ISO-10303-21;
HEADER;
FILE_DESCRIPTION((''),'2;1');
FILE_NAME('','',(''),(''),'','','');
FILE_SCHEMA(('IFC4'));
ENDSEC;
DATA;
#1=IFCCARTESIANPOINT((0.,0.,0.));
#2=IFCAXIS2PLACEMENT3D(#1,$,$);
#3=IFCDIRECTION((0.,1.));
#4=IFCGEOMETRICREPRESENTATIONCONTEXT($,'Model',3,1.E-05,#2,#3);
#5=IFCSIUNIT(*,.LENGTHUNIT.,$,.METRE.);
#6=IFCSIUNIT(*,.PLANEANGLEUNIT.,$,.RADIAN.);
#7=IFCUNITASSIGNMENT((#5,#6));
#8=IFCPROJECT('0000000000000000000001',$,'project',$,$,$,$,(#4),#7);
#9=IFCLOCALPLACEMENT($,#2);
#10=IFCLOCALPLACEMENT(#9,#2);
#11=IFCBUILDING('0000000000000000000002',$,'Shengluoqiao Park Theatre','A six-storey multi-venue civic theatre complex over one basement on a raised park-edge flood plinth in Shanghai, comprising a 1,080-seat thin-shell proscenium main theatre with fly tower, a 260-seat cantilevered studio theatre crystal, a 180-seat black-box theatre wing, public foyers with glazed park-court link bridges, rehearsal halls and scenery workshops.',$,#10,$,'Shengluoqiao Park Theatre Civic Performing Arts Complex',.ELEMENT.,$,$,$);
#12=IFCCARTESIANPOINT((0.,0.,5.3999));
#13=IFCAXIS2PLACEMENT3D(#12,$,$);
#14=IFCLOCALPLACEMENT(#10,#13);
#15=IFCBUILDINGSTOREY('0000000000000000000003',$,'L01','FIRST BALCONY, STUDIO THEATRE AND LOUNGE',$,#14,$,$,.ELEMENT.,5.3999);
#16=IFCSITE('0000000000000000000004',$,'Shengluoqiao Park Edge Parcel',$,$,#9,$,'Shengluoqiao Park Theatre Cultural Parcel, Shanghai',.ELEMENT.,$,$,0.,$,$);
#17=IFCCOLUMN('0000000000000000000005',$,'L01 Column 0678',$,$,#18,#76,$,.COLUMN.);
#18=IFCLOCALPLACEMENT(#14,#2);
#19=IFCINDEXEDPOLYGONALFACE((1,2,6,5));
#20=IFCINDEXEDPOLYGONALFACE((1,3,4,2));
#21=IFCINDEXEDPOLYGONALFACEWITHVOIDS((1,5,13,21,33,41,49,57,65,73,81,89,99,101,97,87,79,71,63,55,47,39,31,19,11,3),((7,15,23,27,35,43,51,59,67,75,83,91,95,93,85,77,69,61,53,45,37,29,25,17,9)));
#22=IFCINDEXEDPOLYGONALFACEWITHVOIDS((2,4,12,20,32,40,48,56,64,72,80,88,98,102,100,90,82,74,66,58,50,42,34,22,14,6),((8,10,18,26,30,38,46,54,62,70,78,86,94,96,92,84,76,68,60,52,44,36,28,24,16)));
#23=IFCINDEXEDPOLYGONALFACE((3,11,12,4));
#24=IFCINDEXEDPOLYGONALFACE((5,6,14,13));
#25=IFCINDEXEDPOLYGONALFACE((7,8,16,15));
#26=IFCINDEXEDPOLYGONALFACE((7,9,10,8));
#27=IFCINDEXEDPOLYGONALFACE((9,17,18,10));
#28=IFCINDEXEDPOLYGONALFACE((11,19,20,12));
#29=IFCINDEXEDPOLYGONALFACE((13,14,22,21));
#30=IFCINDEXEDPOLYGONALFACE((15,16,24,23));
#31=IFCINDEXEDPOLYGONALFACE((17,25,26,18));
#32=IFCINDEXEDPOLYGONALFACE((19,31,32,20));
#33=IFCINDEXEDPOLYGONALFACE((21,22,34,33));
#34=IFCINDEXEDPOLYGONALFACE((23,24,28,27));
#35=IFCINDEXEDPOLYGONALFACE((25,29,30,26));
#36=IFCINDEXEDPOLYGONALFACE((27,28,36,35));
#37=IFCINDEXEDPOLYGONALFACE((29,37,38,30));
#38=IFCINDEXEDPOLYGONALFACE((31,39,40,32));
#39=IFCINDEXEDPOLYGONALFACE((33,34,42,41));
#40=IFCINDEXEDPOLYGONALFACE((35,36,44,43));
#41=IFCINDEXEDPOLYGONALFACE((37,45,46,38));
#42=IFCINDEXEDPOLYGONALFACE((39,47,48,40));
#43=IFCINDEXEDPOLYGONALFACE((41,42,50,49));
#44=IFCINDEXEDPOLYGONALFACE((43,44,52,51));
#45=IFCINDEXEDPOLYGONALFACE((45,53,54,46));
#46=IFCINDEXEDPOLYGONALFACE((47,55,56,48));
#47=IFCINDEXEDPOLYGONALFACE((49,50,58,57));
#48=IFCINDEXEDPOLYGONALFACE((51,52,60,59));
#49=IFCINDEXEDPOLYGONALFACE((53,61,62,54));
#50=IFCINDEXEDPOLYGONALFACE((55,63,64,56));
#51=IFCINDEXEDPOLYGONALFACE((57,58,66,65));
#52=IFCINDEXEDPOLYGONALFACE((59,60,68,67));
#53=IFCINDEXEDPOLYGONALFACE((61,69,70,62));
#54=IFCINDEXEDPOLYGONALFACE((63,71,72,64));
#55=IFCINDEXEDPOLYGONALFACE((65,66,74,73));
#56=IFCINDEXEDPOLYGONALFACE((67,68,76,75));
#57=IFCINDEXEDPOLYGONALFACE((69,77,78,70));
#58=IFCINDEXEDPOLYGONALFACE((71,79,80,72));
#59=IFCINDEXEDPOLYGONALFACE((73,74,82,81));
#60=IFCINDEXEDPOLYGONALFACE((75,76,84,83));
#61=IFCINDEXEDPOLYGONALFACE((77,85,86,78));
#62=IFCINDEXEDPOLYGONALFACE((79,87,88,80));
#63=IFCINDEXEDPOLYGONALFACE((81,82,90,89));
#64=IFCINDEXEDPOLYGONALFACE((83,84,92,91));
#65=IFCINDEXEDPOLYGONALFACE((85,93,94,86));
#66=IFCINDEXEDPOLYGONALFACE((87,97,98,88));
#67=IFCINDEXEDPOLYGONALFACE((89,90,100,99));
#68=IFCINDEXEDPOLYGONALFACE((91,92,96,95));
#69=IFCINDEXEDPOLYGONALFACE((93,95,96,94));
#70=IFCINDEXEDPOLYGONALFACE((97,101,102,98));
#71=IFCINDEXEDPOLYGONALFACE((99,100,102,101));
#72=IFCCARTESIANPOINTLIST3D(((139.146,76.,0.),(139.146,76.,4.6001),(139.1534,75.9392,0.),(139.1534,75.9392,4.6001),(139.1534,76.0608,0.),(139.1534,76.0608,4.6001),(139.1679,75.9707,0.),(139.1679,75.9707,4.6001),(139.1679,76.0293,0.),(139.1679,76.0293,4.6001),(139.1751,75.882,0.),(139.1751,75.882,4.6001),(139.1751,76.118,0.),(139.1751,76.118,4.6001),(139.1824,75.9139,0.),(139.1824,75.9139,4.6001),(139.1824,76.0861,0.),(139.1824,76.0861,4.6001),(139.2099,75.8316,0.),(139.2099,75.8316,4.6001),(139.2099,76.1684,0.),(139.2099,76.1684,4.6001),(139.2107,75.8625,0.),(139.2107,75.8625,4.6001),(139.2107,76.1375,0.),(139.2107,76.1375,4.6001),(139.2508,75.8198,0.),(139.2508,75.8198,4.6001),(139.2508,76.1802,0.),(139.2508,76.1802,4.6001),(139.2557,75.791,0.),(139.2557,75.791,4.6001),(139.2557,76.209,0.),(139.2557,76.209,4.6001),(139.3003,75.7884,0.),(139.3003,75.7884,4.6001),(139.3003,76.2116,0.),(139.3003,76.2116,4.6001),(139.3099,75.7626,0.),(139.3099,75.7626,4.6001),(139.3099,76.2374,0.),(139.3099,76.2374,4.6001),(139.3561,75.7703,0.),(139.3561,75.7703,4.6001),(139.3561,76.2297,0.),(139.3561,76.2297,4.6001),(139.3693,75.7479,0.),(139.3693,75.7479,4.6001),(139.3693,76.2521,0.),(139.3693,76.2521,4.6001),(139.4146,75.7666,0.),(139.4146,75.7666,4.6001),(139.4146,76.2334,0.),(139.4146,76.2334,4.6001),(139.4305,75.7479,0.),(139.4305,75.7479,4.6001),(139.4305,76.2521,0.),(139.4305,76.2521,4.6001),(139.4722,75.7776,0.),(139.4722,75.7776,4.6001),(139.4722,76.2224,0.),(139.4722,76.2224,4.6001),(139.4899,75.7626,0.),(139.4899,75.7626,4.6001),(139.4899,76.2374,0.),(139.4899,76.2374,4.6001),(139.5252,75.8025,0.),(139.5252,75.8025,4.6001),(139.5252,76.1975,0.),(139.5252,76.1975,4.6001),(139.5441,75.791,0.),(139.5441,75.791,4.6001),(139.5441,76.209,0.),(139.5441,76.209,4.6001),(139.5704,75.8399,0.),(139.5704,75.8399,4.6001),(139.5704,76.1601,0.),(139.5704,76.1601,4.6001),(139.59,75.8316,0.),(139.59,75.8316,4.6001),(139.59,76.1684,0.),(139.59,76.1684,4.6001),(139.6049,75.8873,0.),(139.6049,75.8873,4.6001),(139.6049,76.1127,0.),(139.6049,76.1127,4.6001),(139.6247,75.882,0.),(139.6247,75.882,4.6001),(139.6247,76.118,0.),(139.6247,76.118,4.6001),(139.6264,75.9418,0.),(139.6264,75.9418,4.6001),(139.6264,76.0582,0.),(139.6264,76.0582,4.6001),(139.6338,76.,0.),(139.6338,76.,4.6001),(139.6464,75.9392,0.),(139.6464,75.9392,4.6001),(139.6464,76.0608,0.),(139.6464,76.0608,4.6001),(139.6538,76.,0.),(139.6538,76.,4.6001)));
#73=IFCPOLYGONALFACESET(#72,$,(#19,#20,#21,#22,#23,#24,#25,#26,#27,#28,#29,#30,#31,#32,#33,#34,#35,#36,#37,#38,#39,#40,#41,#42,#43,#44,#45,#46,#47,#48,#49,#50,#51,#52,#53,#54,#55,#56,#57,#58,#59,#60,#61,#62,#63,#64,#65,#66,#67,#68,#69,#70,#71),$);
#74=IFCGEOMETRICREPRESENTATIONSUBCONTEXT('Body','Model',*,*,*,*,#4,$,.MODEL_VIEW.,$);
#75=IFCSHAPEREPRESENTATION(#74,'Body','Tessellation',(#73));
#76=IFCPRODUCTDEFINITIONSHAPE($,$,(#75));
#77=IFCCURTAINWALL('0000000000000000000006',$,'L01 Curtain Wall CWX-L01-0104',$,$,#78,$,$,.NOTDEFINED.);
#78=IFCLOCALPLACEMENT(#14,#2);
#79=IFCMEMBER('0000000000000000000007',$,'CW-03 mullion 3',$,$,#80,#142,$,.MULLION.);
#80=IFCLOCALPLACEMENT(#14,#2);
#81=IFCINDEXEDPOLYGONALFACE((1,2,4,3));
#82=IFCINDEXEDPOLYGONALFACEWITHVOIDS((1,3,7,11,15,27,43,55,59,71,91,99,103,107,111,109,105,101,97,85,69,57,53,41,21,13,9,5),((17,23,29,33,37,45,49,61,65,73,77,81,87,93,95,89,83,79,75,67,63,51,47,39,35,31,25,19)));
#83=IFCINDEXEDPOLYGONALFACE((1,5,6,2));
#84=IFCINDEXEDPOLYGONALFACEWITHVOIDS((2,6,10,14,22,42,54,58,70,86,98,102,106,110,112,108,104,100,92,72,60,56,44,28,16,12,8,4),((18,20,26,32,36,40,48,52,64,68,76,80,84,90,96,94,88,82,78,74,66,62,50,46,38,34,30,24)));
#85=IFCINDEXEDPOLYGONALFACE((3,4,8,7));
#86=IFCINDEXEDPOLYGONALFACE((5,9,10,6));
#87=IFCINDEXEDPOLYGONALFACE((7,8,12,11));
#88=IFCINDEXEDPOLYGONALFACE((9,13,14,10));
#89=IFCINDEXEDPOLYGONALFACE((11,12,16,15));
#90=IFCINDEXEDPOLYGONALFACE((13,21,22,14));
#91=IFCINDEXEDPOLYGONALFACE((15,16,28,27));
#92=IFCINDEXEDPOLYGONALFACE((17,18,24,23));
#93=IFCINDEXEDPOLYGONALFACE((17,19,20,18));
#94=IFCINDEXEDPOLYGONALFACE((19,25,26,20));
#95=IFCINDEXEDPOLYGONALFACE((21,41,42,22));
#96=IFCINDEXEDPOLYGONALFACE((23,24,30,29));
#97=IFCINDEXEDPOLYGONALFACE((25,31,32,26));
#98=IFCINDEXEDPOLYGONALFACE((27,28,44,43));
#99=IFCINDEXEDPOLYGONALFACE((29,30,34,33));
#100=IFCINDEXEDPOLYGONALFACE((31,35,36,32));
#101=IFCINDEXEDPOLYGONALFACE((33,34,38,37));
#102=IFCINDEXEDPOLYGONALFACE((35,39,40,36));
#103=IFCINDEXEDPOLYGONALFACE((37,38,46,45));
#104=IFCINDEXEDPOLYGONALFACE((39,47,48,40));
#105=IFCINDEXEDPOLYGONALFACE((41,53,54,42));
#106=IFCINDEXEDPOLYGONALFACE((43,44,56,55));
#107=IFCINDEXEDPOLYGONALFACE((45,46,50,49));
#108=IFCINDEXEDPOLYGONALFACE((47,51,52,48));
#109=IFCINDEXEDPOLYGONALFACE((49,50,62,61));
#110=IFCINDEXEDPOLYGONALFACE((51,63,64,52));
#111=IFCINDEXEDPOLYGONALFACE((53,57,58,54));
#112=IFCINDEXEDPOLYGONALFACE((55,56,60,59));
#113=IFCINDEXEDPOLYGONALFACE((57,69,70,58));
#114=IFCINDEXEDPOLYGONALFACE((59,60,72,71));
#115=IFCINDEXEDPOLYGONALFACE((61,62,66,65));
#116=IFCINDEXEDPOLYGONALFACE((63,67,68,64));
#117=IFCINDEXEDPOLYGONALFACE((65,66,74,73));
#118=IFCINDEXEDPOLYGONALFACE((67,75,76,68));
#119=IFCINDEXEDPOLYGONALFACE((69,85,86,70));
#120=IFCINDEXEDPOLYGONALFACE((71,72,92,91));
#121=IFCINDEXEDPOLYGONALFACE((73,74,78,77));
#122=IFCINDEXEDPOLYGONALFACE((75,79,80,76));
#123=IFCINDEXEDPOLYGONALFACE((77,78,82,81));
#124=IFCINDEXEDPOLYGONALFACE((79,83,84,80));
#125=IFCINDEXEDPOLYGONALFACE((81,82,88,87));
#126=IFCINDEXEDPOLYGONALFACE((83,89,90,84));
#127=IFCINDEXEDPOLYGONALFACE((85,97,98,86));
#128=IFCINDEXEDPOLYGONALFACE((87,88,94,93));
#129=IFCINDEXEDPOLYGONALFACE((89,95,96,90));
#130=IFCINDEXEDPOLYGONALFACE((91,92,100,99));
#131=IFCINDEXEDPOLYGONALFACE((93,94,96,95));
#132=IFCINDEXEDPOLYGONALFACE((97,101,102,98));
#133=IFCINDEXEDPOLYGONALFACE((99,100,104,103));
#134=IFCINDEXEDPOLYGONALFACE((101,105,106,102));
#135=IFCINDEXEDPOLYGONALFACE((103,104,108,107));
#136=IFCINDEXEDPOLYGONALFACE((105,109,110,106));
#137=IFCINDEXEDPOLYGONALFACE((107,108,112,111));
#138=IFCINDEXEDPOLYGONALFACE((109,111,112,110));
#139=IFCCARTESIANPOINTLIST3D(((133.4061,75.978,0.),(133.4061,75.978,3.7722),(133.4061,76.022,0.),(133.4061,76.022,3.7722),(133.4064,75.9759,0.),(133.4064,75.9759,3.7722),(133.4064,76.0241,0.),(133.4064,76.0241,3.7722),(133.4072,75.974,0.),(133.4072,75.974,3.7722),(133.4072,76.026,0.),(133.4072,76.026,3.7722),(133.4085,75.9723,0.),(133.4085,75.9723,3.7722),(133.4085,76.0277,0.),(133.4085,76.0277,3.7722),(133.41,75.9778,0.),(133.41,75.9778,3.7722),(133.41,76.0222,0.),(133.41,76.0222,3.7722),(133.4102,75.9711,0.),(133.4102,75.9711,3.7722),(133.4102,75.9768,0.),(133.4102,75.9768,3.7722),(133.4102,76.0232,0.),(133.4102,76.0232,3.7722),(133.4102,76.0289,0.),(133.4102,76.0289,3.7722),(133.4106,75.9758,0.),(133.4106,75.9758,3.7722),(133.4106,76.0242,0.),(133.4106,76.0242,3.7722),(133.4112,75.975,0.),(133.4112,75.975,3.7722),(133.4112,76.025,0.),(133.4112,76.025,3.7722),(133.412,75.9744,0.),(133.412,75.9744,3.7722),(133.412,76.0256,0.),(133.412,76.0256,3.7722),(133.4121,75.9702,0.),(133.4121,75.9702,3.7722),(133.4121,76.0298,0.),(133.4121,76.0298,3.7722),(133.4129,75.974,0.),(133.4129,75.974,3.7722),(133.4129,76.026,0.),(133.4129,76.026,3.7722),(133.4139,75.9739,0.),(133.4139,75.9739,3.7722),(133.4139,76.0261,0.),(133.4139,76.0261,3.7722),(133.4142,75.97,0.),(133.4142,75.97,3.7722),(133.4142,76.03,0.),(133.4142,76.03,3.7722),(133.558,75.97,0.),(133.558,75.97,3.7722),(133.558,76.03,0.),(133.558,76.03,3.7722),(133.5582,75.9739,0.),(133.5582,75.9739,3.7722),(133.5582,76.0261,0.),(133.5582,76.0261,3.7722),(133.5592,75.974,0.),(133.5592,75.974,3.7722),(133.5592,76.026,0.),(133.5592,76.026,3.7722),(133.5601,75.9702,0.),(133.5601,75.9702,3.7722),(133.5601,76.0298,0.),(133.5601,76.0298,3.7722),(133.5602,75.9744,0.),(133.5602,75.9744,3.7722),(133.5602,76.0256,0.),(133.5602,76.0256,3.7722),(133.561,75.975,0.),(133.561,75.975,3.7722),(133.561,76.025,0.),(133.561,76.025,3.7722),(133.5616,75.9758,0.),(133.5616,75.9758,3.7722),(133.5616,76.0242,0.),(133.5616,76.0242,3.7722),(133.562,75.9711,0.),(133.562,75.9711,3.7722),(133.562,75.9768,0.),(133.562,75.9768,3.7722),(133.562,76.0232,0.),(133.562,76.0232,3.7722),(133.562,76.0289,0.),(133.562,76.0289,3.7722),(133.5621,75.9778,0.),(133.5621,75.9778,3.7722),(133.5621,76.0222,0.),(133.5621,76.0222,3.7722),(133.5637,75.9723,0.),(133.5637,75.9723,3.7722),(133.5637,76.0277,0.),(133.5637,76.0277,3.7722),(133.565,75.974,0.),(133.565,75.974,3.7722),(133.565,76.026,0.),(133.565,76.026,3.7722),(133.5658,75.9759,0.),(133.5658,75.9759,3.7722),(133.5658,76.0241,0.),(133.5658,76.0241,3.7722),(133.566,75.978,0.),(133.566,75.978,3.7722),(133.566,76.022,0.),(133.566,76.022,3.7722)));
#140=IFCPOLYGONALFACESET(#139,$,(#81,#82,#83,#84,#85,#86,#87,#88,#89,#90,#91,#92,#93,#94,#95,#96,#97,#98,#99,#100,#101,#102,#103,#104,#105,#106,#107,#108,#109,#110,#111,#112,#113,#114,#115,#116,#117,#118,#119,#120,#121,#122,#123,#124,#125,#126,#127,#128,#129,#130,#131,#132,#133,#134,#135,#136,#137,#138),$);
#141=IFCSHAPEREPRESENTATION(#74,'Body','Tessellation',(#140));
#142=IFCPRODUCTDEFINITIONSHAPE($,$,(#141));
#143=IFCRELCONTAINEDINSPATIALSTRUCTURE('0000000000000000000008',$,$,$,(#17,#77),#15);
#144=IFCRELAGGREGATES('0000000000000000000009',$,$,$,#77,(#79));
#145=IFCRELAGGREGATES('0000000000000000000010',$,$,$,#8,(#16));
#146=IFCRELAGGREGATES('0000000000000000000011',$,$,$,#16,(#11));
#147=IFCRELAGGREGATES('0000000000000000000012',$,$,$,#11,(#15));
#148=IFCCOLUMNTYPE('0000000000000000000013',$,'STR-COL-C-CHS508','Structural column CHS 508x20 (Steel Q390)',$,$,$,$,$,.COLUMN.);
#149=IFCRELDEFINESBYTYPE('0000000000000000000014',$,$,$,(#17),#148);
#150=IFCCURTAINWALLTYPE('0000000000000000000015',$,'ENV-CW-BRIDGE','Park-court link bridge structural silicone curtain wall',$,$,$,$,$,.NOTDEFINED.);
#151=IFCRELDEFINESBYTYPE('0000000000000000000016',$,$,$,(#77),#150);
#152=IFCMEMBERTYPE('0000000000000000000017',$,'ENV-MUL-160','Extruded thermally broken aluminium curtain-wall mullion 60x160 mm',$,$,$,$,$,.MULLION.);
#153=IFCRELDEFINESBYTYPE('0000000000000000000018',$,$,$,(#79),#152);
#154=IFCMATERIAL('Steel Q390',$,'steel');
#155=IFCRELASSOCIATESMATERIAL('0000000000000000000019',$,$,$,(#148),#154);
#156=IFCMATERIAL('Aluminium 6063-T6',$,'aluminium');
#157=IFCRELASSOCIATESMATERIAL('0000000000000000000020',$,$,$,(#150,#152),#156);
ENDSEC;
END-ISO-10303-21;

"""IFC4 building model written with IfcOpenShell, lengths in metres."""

from ifc_helpers import new_model, si_unit, direction, frame, origin, origin_2d, place, context, subcontext, project, spatial, hollow_rectangle, hollow_circle, extrude, material, material_profile, profile_set, type_object, element, aggregate, save


model = new_model("IFC4")

# Units and contexts
model_context = context("Model", 3, precision=1e-05, world=origin(), true_north=direction((0.0, 1.0)))
body_context = subcontext(model_context, "Body", "Model", "MODEL_VIEW")
ifc_project = project(units=[si_unit("LENGTHUNIT", "METRE"), si_unit("PLANEANGLEUNIT", "RADIAN")], contexts=[model_context])

# Site, building, storey
site_placement = place(None, origin())
site = spatial("IfcSite", under=ifc_project, at=site_placement, Name="Shengluoqiao Park Edge Parcel", LongName="Shengluoqiao Park Theatre Cultural Parcel, Shanghai", CompositionType="ELEMENT", RefElevation=0.0)
building_placement = place(site_placement, origin())
building = spatial("IfcBuilding", under=site, at=building_placement, Name="Shengluoqiao Park Theatre", Description="A six-storey multi-venue civic theatre complex over one basement on a raised park-edge flood plinth in Shanghai, comprising a 1,080-seat thin-shell proscenium main theatre with fly tower, a 260-seat cantilevered studio theatre crystal, a 180-seat black-box theatre wing, public foyers with glazed park-court link bridges, rehearsal halls and scenery workshops.", LongName="Shengluoqiao Park Theatre Civic Performing Arts Complex", CompositionType="ELEMENT")
storey_placement = place(building_placement, frame((0.0, 0.0, 5.3999)))
storey = spatial("IfcBuildingStorey", under=building, at=storey_placement, Name="L01", Description="FIRST BALCONY, STUDIO THEATRE AND LOUNGE", CompositionType="ELEMENT", Elevation=5.3999)

# Column
ifc_material_1 = material(Name="Steel Q390", Category="steel")
ifc_material_profile_1 = material_profile(ifc_material_1, hollow_circle(Radius=0.2539, WallThickness=0.02, at=origin_2d()), Name="CHS 508x20")
ifc_profile_set_1 = profile_set([ifc_material_profile_1], Name="Steel Q390")
column_type = type_object("IfcColumnType", Name="STR-COL-C-CHS508", Description="Structural column CHS 508x20 (Steel Q390)", PredefinedType="COLUMN", material=ifc_profile_set_1)
column_placement = place(storey_placement, frame((139.3999, 76.0, 0.0), z_axis=(0.0, 0.0, 1.0), x_axis=(1.0, 0.0, 0.0)))
element("IfcColumn", 1, at=column_placement, inside=storey, type_object=column_type, Name="L01 Column 0678", PredefinedType="COLUMN", context=body_context, shape_type="SweptSolid", body=[
    extrude(hollow_circle(Radius=0.2539, WallThickness=0.02, at=origin_2d()), origin(), (0.0, 0.0, 1.0), 4.6001),
])

# Curtain wall, member
ifc_material_2 = material(Name="Aluminium 6063-T6", Category="aluminium")
curtain_wall_type = type_object("IfcCurtainWallType", Name="ENV-CW-BRIDGE", Description="Park-court link bridge structural silicone curtain wall", PredefinedType="NOTDEFINED", material=ifc_material_2)
curtain_wall_placement = place(storey_placement, origin())
curtain_wall = element("IfcCurtainWall", 2, at=curtain_wall_placement, inside=storey, type_object=curtain_wall_type, Name="L01 Curtain Wall CWX-L01-0104", PredefinedType="NOTDEFINED")
ifc_material_profile_2 = material_profile(ifc_material_2, hollow_rectangle(XDim=0.0601, YDim=0.1599, WallThickness=0.0039, InnerFilletRadius=0.0039, OuterFilletRadius=0.0081, at=origin_2d()), Name="ALU MULLION 160x60x4")
ifc_profile_set_2 = profile_set([ifc_material_profile_2], Name="Aluminium 6063-T6")
member_type_1 = type_object("IfcMemberType", Name="ENV-MUL-160", Description="Extruded thermally broken aluminium curtain-wall mullion 60x160 mm", PredefinedType="MULLION", material=ifc_profile_set_2)
member_1_placement = place(storey_placement, frame((133.4861, 76.0, 0.0), z_axis=(0.0, 0.0, 1.0), x_axis=(0.0, 1.0, 0.0)))
member_1 = element("IfcMember", 3, at=member_1_placement, type_object=member_type_1, Name="CW-03 mullion 3", PredefinedType="MULLION", context=body_context, shape_type="SweptSolid", body=[
    extrude(hollow_rectangle(XDim=0.0601, YDim=0.1599, WallThickness=0.0039, InnerFilletRadius=0.0039, OuterFilletRadius=0.0081, at=origin_2d()), origin(), (0.0, 0.0, 1.0), 3.7722),
])

aggregate(curtain_wall, [member_1])

save(model, "model.ifc")
